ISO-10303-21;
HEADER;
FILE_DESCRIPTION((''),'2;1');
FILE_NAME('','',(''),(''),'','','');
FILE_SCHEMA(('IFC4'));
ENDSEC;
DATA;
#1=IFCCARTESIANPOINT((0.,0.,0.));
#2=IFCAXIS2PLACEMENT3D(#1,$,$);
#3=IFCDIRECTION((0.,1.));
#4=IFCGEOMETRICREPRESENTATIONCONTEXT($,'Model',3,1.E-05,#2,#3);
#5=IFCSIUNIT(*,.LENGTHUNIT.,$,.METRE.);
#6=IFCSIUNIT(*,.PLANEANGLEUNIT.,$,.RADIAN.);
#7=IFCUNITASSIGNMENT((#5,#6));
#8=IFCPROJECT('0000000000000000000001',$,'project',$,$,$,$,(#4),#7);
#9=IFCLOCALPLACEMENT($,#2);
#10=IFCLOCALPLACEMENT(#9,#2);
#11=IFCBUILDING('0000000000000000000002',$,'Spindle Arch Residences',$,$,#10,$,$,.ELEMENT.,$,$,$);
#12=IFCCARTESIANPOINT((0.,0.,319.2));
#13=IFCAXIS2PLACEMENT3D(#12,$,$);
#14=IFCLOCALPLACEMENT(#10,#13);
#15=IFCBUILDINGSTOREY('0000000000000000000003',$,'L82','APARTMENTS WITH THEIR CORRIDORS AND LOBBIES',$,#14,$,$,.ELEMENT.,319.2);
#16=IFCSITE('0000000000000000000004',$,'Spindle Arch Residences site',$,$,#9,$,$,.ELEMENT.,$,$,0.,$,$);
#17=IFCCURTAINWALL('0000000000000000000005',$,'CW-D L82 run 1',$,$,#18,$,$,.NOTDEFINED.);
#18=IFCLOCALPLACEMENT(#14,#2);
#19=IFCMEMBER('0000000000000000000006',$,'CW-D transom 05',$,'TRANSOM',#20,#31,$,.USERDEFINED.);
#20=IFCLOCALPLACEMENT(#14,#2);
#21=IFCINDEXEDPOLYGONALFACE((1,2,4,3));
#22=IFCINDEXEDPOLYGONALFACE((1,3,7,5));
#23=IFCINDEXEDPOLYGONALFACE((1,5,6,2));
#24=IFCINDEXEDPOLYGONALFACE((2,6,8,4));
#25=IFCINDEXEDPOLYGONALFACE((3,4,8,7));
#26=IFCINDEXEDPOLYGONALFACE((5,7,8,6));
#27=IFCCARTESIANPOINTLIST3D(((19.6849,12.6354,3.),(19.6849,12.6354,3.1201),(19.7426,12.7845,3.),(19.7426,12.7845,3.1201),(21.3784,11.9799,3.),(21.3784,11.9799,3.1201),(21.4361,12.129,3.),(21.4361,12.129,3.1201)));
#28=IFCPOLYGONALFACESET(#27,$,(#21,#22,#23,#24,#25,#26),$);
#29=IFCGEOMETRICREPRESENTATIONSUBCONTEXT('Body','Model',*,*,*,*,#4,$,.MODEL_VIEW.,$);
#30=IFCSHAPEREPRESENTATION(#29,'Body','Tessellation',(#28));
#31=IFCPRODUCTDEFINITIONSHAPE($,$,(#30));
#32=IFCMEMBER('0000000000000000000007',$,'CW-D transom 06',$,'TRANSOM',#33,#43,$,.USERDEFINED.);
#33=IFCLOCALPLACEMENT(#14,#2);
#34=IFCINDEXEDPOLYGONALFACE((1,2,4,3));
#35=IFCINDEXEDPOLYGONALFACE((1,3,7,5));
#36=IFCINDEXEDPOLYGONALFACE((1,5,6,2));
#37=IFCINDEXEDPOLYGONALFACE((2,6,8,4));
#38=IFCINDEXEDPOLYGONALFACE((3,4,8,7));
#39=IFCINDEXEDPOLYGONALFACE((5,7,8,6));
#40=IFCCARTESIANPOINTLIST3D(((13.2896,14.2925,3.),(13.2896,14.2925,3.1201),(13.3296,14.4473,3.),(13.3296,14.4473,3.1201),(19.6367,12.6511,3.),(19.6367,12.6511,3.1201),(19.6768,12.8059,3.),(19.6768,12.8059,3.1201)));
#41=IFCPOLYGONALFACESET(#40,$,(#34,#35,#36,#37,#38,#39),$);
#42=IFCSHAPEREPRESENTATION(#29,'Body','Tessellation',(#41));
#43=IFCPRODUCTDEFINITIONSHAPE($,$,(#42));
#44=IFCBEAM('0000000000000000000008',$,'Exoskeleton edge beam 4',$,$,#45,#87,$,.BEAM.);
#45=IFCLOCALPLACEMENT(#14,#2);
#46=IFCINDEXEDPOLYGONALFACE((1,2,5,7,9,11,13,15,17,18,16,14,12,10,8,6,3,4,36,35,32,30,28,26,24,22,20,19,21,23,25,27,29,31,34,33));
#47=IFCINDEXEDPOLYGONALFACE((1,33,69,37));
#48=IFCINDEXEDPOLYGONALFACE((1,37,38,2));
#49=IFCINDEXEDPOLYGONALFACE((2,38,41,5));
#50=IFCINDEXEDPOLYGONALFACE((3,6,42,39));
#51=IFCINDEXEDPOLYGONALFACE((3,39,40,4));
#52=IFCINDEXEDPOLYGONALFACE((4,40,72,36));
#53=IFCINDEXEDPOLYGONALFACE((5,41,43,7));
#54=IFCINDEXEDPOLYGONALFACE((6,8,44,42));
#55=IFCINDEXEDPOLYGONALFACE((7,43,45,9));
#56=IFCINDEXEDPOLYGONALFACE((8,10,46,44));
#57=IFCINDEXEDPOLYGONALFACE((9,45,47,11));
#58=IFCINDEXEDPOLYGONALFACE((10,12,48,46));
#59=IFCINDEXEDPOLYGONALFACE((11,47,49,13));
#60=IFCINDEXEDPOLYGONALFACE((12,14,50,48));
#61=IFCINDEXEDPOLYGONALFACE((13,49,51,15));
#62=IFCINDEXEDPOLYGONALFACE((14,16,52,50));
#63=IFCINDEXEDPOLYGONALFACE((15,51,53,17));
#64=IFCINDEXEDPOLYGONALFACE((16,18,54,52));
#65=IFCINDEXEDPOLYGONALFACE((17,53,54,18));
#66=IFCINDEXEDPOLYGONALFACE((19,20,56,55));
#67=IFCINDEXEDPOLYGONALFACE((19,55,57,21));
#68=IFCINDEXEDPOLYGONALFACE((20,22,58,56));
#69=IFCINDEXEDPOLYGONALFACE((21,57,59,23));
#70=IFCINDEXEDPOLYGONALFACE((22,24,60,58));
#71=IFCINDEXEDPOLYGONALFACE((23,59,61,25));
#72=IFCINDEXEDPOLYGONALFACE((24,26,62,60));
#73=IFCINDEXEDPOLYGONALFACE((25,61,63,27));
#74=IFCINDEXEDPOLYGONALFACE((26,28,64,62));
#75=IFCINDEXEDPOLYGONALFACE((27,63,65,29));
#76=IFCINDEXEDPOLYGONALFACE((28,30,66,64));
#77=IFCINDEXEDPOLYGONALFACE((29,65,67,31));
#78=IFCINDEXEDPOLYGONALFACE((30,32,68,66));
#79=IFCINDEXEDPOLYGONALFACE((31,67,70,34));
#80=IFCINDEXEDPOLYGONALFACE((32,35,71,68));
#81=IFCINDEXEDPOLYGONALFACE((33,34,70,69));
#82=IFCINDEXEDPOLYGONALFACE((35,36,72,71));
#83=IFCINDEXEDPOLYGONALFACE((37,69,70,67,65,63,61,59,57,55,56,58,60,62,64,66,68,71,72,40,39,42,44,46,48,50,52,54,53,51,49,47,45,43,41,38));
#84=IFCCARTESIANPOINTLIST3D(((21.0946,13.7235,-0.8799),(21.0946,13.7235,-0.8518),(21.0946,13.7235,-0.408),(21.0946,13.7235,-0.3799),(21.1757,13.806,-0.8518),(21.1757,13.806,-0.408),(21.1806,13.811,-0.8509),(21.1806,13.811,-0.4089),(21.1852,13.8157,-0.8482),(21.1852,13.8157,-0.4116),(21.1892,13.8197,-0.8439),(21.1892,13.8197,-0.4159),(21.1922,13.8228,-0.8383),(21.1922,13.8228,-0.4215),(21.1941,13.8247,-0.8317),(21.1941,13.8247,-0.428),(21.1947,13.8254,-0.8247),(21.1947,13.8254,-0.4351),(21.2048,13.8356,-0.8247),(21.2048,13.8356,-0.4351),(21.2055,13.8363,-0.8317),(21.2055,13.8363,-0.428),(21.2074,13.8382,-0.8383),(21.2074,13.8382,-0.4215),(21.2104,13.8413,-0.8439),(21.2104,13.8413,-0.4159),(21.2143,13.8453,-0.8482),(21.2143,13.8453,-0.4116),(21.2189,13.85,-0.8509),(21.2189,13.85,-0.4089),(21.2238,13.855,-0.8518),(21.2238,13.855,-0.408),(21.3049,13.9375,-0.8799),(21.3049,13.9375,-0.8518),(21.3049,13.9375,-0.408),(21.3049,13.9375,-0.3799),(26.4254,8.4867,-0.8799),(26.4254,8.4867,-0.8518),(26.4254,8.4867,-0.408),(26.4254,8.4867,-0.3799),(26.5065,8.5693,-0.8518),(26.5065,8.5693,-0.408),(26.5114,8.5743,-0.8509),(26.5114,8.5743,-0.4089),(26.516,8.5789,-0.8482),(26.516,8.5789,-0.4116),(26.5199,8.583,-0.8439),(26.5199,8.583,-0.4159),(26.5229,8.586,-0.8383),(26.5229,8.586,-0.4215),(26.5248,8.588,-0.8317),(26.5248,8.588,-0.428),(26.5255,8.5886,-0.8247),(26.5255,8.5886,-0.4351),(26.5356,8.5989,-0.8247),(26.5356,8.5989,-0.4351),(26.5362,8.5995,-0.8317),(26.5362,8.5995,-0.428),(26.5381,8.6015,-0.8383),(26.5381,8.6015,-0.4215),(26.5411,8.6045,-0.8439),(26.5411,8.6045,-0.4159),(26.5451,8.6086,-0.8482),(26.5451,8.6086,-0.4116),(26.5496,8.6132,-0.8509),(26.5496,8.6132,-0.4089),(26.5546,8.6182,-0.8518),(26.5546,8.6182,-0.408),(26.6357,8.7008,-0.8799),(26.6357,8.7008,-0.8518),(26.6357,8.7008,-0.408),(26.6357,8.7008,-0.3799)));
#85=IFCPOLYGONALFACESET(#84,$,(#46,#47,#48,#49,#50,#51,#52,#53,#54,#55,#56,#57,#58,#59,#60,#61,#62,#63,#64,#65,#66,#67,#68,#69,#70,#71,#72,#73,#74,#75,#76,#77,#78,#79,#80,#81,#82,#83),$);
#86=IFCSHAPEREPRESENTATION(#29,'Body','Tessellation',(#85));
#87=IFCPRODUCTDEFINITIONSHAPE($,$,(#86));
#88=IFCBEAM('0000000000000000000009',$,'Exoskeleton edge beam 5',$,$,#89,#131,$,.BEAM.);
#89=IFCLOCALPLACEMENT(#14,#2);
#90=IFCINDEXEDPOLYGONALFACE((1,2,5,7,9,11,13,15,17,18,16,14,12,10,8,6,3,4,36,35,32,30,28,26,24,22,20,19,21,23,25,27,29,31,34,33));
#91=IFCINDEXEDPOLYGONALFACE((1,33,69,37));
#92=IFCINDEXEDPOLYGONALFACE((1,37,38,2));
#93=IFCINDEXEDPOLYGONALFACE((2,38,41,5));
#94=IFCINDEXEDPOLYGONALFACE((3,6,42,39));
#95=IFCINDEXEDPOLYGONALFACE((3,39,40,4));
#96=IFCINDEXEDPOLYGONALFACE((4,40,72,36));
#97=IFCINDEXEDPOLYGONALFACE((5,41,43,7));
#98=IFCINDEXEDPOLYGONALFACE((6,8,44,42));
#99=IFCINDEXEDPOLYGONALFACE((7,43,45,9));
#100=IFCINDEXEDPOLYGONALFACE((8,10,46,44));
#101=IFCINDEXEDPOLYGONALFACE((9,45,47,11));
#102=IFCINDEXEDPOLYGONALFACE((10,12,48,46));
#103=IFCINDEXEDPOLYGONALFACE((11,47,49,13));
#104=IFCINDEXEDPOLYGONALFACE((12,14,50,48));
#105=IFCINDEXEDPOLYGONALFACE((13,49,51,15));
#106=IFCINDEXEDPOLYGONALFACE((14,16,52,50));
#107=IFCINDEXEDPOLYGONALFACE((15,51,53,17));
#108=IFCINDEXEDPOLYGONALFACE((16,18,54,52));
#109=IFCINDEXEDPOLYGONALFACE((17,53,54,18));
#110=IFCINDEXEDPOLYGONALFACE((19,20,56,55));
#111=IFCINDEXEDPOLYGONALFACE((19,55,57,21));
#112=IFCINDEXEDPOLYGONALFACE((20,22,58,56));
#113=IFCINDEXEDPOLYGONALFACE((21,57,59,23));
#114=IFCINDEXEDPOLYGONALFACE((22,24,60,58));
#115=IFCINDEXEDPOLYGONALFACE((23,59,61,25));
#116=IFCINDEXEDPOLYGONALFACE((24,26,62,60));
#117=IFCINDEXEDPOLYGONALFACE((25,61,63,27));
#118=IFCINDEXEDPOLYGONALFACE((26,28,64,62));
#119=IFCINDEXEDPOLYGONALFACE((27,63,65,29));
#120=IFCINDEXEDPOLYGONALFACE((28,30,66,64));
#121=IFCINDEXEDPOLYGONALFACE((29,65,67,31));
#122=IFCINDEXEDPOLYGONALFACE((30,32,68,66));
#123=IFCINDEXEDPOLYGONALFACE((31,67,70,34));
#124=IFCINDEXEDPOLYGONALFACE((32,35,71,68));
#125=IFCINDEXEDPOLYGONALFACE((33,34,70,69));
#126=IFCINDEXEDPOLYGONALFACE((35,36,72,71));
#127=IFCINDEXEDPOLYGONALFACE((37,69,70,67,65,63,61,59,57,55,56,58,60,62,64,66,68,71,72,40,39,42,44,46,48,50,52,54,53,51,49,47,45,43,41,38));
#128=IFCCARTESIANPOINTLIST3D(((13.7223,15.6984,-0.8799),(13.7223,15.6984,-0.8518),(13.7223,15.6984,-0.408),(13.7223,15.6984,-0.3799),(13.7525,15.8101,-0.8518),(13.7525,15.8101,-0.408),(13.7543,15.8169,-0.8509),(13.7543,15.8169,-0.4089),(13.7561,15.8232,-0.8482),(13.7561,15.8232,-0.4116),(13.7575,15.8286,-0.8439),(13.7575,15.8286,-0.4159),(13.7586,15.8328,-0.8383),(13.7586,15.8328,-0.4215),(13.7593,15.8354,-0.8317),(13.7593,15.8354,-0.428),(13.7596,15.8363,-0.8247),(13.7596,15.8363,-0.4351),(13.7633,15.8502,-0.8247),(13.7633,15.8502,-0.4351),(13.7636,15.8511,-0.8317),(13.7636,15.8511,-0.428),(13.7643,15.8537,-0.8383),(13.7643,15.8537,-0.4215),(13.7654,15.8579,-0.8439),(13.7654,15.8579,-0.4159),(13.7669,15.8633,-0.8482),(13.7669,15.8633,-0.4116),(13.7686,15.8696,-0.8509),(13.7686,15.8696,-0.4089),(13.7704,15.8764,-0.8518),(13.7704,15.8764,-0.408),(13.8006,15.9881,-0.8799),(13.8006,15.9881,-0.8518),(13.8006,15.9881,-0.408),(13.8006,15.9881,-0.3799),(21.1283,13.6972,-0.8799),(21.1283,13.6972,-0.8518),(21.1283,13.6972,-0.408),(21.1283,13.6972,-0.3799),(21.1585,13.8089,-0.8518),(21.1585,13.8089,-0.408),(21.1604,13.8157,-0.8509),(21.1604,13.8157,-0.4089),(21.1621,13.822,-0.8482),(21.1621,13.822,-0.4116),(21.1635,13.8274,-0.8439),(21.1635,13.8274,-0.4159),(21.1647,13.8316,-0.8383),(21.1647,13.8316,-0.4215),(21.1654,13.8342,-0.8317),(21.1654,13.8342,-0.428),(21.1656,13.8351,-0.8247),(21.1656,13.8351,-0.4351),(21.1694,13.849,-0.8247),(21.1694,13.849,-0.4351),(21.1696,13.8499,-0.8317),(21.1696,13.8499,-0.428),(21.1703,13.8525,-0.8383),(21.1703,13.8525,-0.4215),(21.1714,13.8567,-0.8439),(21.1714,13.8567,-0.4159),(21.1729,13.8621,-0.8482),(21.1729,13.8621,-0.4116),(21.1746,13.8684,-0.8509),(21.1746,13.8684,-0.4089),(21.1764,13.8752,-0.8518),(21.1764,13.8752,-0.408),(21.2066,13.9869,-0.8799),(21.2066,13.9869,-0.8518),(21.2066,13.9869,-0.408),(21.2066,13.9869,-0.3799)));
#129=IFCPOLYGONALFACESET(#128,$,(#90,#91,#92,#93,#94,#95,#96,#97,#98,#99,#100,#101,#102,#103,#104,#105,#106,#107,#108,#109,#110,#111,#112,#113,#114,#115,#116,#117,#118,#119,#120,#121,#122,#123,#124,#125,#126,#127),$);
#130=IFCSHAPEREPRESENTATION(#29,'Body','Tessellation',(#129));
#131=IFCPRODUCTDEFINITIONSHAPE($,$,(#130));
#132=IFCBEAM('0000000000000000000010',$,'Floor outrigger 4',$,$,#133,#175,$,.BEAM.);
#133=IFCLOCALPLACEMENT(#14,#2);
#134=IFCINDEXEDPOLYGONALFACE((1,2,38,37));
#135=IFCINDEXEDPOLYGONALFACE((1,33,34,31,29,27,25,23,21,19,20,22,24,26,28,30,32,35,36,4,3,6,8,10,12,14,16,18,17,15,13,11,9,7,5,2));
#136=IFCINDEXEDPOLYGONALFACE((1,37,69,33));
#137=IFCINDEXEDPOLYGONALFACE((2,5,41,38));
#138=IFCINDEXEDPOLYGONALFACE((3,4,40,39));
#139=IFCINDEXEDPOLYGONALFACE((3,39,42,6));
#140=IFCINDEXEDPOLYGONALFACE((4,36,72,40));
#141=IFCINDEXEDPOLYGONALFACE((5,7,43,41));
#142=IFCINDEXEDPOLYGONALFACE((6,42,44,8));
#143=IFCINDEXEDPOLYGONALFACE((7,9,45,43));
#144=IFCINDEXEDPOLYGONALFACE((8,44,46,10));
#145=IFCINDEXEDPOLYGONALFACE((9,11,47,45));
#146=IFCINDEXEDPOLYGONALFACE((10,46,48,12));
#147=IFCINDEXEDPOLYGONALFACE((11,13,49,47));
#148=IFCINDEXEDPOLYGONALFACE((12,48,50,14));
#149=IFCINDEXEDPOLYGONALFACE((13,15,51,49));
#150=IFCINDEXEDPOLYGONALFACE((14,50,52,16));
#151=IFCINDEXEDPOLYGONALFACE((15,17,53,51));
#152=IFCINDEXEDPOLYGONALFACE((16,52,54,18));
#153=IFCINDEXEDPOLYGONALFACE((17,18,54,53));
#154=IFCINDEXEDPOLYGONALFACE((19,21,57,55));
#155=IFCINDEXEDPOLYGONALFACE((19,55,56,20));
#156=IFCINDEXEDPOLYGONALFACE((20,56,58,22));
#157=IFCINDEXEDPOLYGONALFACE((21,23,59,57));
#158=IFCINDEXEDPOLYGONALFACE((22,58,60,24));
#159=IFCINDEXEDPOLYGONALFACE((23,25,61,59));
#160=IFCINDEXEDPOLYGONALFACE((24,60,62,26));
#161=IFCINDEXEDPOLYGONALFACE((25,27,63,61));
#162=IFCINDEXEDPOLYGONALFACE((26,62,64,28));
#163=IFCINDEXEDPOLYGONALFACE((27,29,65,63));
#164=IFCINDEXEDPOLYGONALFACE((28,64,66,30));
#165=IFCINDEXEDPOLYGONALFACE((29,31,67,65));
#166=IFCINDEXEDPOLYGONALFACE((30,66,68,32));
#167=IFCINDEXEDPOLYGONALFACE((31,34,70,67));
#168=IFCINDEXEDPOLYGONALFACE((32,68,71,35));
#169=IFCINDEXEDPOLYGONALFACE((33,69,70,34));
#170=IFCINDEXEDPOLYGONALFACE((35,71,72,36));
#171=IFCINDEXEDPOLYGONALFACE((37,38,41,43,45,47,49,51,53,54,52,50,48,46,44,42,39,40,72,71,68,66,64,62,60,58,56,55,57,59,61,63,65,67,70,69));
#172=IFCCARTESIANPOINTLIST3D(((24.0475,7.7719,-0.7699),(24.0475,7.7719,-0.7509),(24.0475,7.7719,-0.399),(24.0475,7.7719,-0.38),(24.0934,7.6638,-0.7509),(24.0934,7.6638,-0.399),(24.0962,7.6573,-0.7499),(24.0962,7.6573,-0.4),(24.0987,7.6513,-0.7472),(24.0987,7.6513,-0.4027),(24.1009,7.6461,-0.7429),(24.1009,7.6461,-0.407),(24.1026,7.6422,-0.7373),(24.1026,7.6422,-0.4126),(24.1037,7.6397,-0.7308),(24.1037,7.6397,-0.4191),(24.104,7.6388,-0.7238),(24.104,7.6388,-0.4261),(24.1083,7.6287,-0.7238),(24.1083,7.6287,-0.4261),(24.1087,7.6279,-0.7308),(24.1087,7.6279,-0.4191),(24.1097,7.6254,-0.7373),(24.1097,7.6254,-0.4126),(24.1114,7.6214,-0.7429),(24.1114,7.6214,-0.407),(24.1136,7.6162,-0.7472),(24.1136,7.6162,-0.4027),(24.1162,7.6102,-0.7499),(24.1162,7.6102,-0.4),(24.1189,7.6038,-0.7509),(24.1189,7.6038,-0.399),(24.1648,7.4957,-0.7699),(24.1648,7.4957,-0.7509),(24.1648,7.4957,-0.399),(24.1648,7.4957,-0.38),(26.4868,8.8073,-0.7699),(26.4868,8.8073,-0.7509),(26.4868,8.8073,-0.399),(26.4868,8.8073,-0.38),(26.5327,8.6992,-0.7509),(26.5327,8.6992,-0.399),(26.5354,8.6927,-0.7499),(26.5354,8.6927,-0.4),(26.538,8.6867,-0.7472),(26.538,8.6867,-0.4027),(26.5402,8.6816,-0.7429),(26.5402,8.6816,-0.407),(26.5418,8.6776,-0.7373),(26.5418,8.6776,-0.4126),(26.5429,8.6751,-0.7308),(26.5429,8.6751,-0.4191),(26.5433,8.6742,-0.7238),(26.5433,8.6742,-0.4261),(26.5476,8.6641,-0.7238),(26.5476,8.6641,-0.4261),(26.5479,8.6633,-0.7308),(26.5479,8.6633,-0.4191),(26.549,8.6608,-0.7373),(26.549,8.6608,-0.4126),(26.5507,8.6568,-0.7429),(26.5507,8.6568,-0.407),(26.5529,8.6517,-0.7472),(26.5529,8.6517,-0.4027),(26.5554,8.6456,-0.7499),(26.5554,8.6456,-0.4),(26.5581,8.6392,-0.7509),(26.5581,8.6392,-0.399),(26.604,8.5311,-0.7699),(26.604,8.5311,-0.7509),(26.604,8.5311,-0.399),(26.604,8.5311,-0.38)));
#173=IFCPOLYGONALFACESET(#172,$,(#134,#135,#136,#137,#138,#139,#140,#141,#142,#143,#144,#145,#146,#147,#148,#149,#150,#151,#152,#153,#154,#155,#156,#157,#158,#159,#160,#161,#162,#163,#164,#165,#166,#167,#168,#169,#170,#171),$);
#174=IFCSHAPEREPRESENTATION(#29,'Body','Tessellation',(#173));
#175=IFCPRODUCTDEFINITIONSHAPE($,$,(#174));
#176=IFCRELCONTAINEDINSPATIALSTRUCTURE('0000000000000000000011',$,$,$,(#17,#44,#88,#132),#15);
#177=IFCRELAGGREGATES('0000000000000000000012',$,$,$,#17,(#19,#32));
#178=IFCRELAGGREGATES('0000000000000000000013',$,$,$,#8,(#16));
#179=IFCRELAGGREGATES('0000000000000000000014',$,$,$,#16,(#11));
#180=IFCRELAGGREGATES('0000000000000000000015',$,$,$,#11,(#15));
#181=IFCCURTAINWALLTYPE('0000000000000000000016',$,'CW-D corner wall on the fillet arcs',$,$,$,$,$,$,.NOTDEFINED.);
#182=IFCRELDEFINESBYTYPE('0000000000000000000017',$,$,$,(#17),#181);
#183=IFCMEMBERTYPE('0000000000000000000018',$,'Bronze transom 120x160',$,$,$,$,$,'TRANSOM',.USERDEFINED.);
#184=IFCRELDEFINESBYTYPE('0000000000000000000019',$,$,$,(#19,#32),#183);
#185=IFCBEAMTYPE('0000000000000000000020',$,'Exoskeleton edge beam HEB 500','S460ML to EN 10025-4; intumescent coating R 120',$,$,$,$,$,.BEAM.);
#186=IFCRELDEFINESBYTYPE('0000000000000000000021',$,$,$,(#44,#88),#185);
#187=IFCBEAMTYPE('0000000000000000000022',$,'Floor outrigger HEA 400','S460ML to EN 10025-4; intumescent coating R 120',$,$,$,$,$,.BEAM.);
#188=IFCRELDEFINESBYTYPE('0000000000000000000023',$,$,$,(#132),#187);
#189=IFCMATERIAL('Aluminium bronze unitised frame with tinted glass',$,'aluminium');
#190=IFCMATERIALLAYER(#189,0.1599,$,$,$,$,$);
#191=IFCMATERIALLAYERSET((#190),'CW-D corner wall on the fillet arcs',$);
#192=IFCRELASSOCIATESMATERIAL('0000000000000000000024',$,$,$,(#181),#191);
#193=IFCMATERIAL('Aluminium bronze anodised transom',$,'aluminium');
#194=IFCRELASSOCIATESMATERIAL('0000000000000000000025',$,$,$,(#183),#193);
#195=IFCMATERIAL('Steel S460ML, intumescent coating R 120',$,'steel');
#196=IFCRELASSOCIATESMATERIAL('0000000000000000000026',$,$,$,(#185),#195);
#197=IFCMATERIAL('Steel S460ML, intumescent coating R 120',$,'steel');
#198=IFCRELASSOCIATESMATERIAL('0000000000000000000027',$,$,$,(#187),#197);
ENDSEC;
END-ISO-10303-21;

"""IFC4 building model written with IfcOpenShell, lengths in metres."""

from ifc_helpers import new_model, si_unit, direction, frame, origin, origin_2d, place, context, subcontext, project, spatial, rectangle, i_section, extrude, material, layer, layer_set, material_profile, profile_set, type_object, element, aggregate, save


model = new_model("IFC4")

# Units and contexts
model_context = context("Model", 3, precision=1e-05, world=origin(), true_north=direction((0.0, 1.0)))
body_context = subcontext(model_context, "Body", "Model", "MODEL_VIEW")
ifc_project = project(units=[si_unit("LENGTHUNIT", "METRE"), si_unit("PLANEANGLEUNIT", "RADIAN")], contexts=[model_context])

# Site, building, storey
site_placement = place(None, origin())
site = spatial("IfcSite", under=ifc_project, at=site_placement, Name="Spindle Arch Residences site", CompositionType="ELEMENT", RefElevation=0.0)
building_placement = place(site_placement, origin())
building = spatial("IfcBuilding", under=site, at=building_placement, Name="Spindle Arch Residences", CompositionType="ELEMENT")
storey_placement = place(building_placement, frame((0.0, 0.0, 319.2)))
storey = spatial("IfcBuildingStorey", under=building, at=storey_placement, Name="L82", Description="APARTMENTS WITH THEIR CORRIDORS AND LOBBIES", CompositionType="ELEMENT", Elevation=319.2)

# Curtain wall, members
ifc_material_1 = material(Name="Aluminium bronze unitised frame with tinted glass", Category="aluminium")
ifc_layer_1 = layer(ifc_material_1, 0.1599)
ifc_layer_set_1 = layer_set([ifc_layer_1], Name="CW-D corner wall on the fillet arcs")
curtain_wall_type = type_object("IfcCurtainWallType", Name="CW-D corner wall on the fillet arcs", PredefinedType="NOTDEFINED", material=ifc_layer_set_1)
curtain_wall_placement = place(storey_placement, origin())
curtain_wall = element("IfcCurtainWall", 1, at=curtain_wall_placement, inside=storey, type_object=curtain_wall_type, Name="CW-D L82 run 1", PredefinedType="NOTDEFINED")
ifc_material_2 = material(Name="Aluminium bronze anodised transom", Category="aluminium")
ifc_material_profile_1 = material_profile(ifc_material_2, rectangle(XDim=0.1599, YDim=0.1201, at=origin_2d()), Name="TR 120x160")
ifc_profile_set_1 = profile_set([ifc_material_profile_1], Name="Aluminium bronze anodised transom")
member_type_1 = type_object("IfcMemberType", Name="Bronze transom 120x160", ElementType="TRANSOM", PredefinedType="USERDEFINED", material=ifc_profile_set_1)
member_1_placement = place(storey_placement, frame((21.4072, 12.0544, 3.0601), z_axis=(-0.932581, 0.36096, 0.0), x_axis=(-0.36096, -0.932581, 0.0)))
member_1 = element("IfcMember", 2, at=member_1_placement, type_object=member_type_1, Name="CW-D transom 05", ObjectType="TRANSOM", PredefinedType="USERDEFINED", context=body_context, shape_type="SweptSolid", body=[
    extrude(rectangle(XDim=0.1599, YDim=0.1201, at=origin_2d()), origin(), (0.0, 0.0, 1.0), 1.8159),
])
member_2_placement = place(storey_placement, frame((19.6567, 12.7285, 3.0601), z_axis=(-0.968153, 0.250361, 0.0), x_axis=(-0.250361, -0.968153, 0.0)))
member_2 = element("IfcMember", 3, at=member_2_placement, type_object=member_type_1, Name="CW-D transom 06", ObjectType="TRANSOM", PredefinedType="USERDEFINED", context=body_context, shape_type="SweptSolid", body=[
    extrude(rectangle(XDim=0.1599, YDim=0.1201, at=origin_2d()), origin(), (0.0, 0.0, 1.0), 6.5559),
])

# Beams
ifc_material_3 = material(Name="Steel S460ML, intumescent coating R 120", Category="steel")
ifc_material_profile_2 = material_profile(ifc_material_3, i_section(OverallWidth=0.3, OverallDepth=0.5, WebThickness=0.0144, FlangeThickness=0.0281, FilletRadius=0.0271, at=origin_2d()), Name="HEB 500")
ifc_profile_set_2 = profile_set([ifc_material_profile_2], Name="Steel S460ML, intumescent coating R 120")
beam_type_1 = type_object("IfcBeamType", Name="Exoskeleton edge beam HEB 500", Description="S460ML to EN 10025-4; intumescent coating R 120", PredefinedType="BEAM", material=ifc_profile_set_2)
beam_1_placement = place(storey_placement, frame((26.5305, 8.5938, -0.6299), z_axis=(-0.713368, 0.70079, 0.0), x_axis=(-0.70079, -0.713368, 0.0)))
element("IfcBeam", 4, at=beam_1_placement, inside=storey, type_object=beam_type_1, Name="Exoskeleton edge beam 4", PredefinedType="BEAM", context=body_context, shape_type="SweptSolid", body=[
    extrude(i_section(OverallWidth=0.3, OverallDepth=0.5, WebThickness=0.0144, FlangeThickness=0.0281, FilletRadius=0.0271, at=origin_2d()), origin(), (0.0, 0.0, 1.0), 7.4727),
])
beam_2_placement = place(storey_placement, frame((21.1675, 13.842, -0.6299), z_axis=(-0.965377, 0.26086, 0.0), x_axis=(-0.26086, -0.965377, 0.0)))
element("IfcBeam", 5, at=beam_2_placement, inside=storey, type_object=beam_type_1, Name="Exoskeleton edge beam 5", PredefinedType="BEAM", context=body_context, shape_type="SweptSolid", body=[
    extrude(i_section(OverallWidth=0.3, OverallDepth=0.5, WebThickness=0.0144, FlangeThickness=0.0281, FilletRadius=0.0271, at=origin_2d()), origin(), (0.0, 0.0, 1.0), 7.6716),
])
ifc_material_4 = material(Name="Steel S460ML, intumescent coating R 120", Category="steel")
ifc_material_profile_3 = material_profile(ifc_material_4, i_section(OverallWidth=0.3, OverallDepth=0.3899, WebThickness=0.011, FlangeThickness=0.019, FilletRadius=0.0271, at=origin_2d()), Name="HEA 400")
ifc_profile_set_3 = profile_set([ifc_material_profile_3], Name="Steel S460ML, intumescent coating R 120")
beam_type_2 = type_object("IfcBeamType", Name="Floor outrigger HEA 400", Description="S460ML to EN 10025-4; intumescent coating R 120", PredefinedType="BEAM", material=ifc_profile_set_3)
for number, where, z_axis, x_axis, name in (
    (6, (26.5454, 8.6692, -0.575), (-0.920502, -0.390737, 0.0), (0.390737, -0.920502, 0.0), "Floor outrigger 4"),
):
    element("IfcBeam", number, at=place(storey_placement, frame(where, z_axis=z_axis, x_axis=x_axis)), inside=storey, type_object=beam_type_2, Name=name, PredefinedType="BEAM", context=body_context, shape_type="SweptSolid", body=[
        extrude(i_section(OverallWidth=0.3, OverallDepth=0.3899, WebThickness=0.011, FlangeThickness=0.019, FilletRadius=0.0271, at=origin_2d()), origin(), (0.0, 0.0, 1.0), 2.6499),
    ])

aggregate(curtain_wall, [member_1, member_2])

save(model, "model.ifc")
